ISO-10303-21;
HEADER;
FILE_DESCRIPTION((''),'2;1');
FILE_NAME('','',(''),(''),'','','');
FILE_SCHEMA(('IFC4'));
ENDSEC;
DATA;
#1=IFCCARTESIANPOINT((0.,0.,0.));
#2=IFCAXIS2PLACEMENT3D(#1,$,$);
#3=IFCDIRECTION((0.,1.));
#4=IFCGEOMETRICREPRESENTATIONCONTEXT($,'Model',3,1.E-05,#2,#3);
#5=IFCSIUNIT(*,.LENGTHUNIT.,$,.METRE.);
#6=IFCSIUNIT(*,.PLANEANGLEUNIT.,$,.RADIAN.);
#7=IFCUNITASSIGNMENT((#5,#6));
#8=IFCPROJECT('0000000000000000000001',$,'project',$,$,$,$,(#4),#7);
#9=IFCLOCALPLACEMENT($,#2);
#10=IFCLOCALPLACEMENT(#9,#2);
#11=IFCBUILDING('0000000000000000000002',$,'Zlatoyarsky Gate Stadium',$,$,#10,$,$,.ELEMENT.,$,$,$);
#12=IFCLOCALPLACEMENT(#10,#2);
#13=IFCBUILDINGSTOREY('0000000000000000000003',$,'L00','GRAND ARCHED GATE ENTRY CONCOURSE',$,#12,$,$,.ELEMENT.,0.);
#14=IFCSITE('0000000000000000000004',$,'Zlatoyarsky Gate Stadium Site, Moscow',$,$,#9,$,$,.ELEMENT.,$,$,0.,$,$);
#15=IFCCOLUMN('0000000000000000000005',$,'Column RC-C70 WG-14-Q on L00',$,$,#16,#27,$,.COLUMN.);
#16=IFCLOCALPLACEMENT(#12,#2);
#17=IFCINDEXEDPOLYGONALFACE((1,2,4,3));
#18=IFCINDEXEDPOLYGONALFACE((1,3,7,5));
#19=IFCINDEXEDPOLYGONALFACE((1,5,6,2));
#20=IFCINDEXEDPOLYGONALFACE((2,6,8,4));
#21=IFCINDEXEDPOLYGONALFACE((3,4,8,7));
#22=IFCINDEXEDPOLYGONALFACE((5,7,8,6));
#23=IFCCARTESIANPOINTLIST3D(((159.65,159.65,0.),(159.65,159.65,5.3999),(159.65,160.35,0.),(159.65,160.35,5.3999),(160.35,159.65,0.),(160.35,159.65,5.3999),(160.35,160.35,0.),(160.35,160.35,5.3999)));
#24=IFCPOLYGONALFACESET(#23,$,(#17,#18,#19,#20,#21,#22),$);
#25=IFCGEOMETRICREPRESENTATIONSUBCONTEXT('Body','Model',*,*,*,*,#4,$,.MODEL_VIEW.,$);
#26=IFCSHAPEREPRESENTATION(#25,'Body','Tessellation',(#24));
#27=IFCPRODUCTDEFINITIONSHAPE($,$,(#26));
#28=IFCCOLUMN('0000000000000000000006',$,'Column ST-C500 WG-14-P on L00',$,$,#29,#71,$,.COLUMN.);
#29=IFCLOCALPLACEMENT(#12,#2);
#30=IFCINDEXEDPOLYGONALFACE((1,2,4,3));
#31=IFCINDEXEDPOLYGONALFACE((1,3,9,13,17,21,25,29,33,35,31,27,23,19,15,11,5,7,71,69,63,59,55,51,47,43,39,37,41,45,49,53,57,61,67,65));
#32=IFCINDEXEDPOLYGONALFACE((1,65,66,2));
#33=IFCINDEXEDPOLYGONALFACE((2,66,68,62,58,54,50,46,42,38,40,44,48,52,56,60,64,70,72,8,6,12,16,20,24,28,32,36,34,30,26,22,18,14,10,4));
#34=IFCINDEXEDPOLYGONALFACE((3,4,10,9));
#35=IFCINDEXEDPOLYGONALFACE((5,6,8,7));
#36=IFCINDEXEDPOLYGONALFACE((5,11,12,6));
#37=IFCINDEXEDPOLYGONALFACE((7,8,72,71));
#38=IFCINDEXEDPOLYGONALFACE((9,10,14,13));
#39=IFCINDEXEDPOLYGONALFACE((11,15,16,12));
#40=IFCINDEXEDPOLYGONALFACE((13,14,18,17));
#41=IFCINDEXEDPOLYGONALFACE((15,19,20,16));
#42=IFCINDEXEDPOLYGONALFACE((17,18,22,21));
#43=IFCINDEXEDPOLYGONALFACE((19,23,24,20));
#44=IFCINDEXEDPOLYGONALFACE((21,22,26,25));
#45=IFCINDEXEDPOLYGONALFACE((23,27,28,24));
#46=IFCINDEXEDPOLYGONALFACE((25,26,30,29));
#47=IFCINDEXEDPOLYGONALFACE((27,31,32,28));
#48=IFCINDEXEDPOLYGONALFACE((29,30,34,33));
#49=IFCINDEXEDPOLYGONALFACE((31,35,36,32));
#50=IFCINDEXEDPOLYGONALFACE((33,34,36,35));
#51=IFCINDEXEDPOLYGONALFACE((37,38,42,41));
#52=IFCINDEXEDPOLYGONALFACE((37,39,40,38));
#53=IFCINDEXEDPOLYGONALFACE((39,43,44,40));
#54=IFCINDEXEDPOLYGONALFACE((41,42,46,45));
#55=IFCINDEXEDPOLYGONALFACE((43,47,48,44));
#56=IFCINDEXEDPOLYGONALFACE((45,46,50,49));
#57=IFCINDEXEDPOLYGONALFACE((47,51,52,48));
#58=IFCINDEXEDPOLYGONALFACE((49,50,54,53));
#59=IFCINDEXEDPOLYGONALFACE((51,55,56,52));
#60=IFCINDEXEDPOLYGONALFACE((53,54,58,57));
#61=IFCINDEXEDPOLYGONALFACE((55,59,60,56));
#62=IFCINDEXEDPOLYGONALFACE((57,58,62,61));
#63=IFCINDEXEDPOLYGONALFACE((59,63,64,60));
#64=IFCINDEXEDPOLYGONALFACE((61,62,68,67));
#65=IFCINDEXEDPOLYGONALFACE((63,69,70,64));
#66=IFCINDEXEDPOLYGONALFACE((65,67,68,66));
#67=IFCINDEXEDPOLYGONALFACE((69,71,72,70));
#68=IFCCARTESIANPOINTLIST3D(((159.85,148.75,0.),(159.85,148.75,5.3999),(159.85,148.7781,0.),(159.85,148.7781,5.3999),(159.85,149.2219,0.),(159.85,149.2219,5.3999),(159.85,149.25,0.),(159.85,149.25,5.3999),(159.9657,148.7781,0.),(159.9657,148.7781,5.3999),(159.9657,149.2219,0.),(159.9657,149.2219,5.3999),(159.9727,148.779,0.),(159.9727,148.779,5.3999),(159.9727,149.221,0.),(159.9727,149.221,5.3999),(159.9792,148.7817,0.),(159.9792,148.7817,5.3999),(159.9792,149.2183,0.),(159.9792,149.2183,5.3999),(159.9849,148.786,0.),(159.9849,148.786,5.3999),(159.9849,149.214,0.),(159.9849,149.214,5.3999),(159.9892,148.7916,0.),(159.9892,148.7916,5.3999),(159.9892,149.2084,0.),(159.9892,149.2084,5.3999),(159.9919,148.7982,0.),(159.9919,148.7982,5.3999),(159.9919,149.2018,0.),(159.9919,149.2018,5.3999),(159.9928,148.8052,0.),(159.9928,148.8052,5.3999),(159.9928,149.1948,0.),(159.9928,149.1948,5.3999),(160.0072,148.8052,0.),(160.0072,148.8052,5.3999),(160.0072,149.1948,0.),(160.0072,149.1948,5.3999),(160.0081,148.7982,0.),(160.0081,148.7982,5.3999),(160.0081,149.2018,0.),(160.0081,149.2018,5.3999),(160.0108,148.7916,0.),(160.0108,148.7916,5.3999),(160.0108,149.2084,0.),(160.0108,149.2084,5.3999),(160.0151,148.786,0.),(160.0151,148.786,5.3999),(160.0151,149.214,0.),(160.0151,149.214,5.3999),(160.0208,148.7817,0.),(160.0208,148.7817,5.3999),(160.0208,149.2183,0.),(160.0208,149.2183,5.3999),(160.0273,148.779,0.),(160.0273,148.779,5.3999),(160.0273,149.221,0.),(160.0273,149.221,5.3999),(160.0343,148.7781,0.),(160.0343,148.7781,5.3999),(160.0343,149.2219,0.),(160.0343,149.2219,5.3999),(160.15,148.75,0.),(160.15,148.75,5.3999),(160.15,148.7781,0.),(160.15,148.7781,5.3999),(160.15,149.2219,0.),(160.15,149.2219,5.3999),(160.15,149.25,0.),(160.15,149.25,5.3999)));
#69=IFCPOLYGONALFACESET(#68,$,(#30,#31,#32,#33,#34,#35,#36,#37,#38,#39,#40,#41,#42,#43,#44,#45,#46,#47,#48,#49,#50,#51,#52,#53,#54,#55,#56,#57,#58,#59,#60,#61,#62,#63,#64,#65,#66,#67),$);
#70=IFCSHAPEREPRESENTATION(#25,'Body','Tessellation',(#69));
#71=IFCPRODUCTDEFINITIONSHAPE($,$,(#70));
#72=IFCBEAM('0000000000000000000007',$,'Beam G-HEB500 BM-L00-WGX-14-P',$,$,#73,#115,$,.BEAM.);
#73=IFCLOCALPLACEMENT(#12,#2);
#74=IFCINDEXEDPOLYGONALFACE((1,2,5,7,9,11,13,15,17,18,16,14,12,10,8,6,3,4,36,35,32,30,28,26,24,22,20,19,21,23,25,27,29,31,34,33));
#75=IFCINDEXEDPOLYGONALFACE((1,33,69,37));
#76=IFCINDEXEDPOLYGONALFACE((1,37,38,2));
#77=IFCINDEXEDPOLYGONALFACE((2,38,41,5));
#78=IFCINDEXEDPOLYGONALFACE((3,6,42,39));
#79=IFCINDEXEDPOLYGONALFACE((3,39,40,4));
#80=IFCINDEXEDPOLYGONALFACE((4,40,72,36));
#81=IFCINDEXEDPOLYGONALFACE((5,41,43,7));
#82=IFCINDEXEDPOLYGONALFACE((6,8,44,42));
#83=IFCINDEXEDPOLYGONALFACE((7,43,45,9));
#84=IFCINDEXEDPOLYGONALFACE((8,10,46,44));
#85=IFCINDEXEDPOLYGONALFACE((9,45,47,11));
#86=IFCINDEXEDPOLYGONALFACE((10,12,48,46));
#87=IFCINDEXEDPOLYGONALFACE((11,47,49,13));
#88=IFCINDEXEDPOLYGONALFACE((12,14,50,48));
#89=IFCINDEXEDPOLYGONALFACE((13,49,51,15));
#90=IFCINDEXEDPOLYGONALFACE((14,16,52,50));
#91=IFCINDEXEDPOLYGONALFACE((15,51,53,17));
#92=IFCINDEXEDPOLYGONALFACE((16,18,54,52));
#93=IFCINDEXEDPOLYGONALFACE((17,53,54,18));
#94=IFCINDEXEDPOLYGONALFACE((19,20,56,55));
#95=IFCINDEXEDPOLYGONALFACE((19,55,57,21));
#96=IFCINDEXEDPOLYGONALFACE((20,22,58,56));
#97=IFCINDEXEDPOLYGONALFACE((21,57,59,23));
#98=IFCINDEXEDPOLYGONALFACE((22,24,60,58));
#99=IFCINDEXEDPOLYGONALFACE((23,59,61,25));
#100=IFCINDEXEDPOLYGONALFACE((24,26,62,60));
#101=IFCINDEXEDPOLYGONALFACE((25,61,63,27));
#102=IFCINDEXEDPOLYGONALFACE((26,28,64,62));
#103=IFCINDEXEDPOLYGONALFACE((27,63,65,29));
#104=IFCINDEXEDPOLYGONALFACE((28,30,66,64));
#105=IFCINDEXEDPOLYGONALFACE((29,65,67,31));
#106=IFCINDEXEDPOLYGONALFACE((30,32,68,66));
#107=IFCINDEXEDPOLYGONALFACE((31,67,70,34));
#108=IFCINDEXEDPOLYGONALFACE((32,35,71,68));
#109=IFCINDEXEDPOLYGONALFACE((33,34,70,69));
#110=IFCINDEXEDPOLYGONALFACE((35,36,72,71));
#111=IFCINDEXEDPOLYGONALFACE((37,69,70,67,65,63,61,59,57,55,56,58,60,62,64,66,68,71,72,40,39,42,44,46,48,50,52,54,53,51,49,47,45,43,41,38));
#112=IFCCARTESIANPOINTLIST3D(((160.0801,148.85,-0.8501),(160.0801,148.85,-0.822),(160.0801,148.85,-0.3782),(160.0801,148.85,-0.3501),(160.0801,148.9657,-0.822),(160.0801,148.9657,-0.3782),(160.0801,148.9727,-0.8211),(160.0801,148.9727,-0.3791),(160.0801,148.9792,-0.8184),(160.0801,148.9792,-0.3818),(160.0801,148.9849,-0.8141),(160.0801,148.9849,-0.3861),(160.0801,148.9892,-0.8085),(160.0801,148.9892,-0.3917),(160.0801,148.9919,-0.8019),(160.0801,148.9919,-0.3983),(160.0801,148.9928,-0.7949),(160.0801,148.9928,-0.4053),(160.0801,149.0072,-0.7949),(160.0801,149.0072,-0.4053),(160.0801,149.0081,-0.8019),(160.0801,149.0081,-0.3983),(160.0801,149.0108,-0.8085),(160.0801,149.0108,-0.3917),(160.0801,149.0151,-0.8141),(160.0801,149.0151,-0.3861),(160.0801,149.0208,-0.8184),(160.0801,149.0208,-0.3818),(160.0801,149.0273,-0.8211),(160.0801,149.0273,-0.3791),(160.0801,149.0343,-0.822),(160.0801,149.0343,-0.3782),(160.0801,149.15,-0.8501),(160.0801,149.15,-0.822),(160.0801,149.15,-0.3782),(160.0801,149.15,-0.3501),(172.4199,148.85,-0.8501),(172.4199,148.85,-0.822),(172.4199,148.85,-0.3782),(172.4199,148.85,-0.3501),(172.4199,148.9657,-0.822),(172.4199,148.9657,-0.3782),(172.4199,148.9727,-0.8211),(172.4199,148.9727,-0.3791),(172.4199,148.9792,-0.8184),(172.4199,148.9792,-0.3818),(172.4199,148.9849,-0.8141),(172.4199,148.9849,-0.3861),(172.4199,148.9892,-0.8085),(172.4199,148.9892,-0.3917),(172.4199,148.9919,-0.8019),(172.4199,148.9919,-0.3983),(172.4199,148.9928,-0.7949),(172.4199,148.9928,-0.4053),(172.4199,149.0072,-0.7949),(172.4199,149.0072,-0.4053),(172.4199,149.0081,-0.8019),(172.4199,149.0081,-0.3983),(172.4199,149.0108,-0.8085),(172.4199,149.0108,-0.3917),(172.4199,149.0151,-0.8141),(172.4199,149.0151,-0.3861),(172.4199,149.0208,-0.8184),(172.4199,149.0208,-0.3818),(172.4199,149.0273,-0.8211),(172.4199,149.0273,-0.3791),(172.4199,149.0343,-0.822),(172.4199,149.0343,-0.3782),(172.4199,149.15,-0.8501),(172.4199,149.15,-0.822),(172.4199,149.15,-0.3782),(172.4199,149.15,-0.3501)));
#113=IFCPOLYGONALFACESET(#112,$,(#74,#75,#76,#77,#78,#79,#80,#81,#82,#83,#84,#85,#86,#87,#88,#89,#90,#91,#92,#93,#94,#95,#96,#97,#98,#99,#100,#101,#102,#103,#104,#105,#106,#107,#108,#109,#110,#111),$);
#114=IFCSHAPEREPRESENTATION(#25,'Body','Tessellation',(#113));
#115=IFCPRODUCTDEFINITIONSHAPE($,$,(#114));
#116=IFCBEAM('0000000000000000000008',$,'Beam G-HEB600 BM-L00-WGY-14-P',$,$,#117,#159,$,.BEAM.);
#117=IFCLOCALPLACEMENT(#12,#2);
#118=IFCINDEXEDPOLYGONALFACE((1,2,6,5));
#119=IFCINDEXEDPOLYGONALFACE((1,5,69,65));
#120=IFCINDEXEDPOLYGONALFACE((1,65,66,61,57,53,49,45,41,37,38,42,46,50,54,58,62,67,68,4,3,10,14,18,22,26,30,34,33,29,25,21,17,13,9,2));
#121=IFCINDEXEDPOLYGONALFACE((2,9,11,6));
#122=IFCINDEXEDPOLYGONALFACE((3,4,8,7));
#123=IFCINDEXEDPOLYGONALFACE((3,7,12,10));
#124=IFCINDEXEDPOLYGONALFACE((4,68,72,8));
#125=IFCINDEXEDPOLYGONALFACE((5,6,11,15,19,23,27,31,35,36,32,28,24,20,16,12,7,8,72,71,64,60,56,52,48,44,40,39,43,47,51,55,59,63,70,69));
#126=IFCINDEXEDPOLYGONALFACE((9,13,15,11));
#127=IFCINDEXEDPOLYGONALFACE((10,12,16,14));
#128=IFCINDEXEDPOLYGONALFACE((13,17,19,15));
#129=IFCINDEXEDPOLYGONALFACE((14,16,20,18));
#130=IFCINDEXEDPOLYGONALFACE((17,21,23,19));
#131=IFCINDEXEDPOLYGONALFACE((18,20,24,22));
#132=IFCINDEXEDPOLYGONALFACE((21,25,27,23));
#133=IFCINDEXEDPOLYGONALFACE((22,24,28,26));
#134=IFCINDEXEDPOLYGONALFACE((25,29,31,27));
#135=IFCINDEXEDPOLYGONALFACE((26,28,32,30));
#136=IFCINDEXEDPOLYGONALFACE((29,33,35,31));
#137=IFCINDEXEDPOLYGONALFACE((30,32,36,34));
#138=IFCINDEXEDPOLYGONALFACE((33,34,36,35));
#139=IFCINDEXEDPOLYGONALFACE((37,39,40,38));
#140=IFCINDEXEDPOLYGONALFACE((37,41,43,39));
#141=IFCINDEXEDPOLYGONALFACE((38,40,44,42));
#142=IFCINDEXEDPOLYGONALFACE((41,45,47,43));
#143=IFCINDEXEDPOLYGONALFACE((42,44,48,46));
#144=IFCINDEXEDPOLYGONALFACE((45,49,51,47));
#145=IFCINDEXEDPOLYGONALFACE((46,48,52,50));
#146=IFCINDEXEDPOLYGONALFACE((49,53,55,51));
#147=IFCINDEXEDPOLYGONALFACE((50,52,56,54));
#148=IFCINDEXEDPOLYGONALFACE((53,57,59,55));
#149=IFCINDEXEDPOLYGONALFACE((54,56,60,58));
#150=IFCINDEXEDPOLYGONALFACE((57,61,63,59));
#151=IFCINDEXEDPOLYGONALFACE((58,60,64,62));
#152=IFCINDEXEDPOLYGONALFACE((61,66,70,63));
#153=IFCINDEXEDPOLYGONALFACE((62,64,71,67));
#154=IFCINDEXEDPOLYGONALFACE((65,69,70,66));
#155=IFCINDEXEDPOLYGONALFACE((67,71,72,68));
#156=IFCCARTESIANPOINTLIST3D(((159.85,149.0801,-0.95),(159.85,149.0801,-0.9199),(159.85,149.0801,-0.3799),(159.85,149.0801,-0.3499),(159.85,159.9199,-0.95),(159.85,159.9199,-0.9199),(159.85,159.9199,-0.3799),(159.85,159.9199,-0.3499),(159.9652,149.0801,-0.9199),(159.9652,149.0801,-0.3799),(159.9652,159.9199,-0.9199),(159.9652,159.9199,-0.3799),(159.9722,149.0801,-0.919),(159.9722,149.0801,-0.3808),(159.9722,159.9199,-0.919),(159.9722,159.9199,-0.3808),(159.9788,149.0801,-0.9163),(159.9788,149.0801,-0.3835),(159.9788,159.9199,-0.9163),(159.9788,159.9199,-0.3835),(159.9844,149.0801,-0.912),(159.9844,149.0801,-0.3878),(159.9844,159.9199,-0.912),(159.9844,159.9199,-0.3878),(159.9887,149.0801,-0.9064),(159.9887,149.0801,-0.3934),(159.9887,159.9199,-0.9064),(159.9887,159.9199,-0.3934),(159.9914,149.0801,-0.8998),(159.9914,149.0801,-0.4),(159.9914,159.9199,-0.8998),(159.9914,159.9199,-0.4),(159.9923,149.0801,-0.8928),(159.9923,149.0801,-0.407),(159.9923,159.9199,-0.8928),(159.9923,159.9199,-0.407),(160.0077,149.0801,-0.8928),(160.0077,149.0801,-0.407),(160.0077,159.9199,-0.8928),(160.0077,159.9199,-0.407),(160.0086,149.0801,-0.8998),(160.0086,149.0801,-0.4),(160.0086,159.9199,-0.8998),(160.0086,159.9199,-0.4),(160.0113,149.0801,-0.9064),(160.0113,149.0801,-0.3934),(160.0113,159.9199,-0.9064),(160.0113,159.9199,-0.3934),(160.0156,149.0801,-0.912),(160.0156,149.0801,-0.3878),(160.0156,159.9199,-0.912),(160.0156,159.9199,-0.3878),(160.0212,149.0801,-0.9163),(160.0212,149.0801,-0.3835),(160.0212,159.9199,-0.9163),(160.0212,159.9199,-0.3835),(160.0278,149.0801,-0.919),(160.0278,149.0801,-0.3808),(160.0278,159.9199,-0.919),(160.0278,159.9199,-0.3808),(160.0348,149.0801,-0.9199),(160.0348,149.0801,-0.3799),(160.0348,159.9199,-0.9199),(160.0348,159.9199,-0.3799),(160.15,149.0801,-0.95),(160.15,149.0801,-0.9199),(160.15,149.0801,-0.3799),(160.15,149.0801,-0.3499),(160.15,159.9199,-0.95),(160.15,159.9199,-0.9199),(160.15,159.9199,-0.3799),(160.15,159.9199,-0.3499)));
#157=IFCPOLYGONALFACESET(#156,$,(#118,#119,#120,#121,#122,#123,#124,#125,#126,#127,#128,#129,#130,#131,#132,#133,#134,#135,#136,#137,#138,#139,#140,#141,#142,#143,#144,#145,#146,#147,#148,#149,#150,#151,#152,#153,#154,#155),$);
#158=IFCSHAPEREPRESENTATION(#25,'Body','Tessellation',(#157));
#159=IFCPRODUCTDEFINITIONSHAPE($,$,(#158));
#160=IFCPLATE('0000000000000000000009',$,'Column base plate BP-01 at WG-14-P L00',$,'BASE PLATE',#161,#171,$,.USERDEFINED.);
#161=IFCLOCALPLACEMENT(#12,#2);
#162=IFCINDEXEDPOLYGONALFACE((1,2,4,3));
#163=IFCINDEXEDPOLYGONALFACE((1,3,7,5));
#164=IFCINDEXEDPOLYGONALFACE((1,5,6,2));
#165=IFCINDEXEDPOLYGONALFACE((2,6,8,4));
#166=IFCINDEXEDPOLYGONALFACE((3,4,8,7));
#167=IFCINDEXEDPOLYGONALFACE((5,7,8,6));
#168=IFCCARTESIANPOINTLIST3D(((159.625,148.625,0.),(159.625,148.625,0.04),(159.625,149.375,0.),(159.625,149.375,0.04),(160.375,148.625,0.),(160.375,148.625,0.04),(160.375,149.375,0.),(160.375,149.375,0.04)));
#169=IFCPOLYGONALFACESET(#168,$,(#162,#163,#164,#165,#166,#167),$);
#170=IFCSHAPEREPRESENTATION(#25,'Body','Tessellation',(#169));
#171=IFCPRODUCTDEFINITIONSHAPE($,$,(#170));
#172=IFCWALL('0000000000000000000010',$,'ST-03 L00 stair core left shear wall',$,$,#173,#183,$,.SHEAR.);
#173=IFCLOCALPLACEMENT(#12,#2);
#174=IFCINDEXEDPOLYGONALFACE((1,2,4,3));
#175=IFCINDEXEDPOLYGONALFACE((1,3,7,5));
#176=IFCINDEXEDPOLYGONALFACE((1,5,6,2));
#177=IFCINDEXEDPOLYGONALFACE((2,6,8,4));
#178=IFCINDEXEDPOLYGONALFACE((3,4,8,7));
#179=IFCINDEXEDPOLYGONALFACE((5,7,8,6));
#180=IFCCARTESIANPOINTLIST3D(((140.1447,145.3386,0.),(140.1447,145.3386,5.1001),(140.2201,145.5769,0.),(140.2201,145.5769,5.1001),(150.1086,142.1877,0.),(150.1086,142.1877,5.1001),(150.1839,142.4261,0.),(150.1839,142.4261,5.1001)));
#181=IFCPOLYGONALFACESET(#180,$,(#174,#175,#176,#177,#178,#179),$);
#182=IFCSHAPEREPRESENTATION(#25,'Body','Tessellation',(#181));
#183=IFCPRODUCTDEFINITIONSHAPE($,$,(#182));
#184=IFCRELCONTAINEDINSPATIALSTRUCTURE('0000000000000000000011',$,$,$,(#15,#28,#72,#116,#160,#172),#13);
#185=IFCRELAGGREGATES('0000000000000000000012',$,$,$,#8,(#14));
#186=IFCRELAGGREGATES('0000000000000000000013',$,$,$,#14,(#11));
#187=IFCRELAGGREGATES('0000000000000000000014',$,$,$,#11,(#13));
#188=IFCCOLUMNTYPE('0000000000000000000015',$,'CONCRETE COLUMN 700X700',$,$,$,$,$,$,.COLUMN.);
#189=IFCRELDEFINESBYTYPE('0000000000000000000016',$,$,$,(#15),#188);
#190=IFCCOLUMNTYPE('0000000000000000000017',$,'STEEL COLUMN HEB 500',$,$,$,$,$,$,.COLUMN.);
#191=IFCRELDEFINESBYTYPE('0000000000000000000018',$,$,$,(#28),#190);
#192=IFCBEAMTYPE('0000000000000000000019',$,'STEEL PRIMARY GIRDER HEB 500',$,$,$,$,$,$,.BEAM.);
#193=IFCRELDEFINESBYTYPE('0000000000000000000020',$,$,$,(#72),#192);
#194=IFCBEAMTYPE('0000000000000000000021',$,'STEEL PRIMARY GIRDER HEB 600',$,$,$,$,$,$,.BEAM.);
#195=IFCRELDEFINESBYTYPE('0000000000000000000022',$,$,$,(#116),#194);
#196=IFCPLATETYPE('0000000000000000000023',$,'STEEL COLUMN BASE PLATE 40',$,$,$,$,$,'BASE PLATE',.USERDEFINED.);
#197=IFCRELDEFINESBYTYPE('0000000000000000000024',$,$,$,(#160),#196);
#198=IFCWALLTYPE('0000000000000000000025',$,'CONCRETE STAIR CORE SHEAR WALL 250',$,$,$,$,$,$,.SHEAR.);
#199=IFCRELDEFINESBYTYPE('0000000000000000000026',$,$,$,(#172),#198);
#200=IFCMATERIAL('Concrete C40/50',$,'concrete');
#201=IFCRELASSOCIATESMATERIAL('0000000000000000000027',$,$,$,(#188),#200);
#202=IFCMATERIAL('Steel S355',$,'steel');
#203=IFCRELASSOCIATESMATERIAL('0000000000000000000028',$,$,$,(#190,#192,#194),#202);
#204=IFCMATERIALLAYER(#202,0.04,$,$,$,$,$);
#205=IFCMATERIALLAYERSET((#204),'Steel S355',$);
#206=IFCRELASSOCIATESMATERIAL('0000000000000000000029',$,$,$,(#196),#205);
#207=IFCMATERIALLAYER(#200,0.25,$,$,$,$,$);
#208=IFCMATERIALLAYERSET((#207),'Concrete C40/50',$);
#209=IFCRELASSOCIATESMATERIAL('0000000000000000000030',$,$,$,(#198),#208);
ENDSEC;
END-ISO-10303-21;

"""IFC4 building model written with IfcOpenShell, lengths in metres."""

from ifc_helpers import new_model, si_unit, direction, frame, frame_2d, origin, origin_2d, place, context, subcontext, project, spatial, rectangle, i_section, extrude, material, layer, layer_set, material_profile, profile_set, type_object, element, save


model = new_model("IFC4")

# Units and contexts
model_context = context("Model", 3, precision=1e-05, world=origin(), true_north=direction((0.0, 1.0)))
body_context = subcontext(model_context, "Body", "Model", "MODEL_VIEW")
ifc_project = project(units=[si_unit("LENGTHUNIT", "METRE"), si_unit("PLANEANGLEUNIT", "RADIAN")], contexts=[model_context])

# Site, building, storey
site_placement = place(None, origin())
site = spatial("IfcSite", under=ifc_project, at=site_placement, Name="Zlatoyarsky Gate Stadium Site, Moscow", CompositionType="ELEMENT", RefElevation=0.0)
building_placement = place(site_placement, origin())
building = spatial("IfcBuilding", under=site, at=building_placement, Name="Zlatoyarsky Gate Stadium", CompositionType="ELEMENT")
storey_placement = place(building_placement, origin())
storey = spatial("IfcBuildingStorey", under=building, at=storey_placement, Name="L00", Description="GRAND ARCHED GATE ENTRY CONCOURSE", CompositionType="ELEMENT", Elevation=0.0)

# Columns
ifc_material_1 = material(Name="Concrete C40/50", Category="concrete")
ifc_material_profile_1 = material_profile(ifc_material_1, rectangle(XDim=0.7, YDim=0.7, at=origin_2d()), Name="RC COL 700X700")
ifc_profile_set_1 = profile_set([ifc_material_profile_1], Name="Concrete C40/50")
column_type_1 = type_object("IfcColumnType", Name="CONCRETE COLUMN 700X700", PredefinedType="COLUMN", material=ifc_profile_set_1)
column_1_placement = place(storey_placement, frame((160.0, 160.0, 0.0), z_axis=(0.0, 0.0, 1.0), x_axis=(1.0, 0.0, 0.0)))
element("IfcColumn", 1, at=column_1_placement, inside=storey, type_object=column_type_1, Name="Column RC-C70 WG-14-Q on L00", PredefinedType="COLUMN", context=body_context, shape_type="SweptSolid", body=[
    extrude(rectangle(XDim=0.7, YDim=0.7, at=origin_2d()), origin(), (0.0, 0.0, 1.0), 5.3999),
])
ifc_material_2 = material(Name="Steel S355", Category="steel")
ifc_material_profile_2 = material_profile(ifc_material_2, i_section(OverallWidth=0.3, OverallDepth=0.5, WebThickness=0.0144, FlangeThickness=0.0281, FilletRadius=0.0271, at=origin_2d()), Name="HEB 500")
ifc_profile_set_2 = profile_set([ifc_material_profile_2], Name="Steel S355")
column_type_2 = type_object("IfcColumnType", Name="STEEL COLUMN HEB 500", PredefinedType="COLUMN", material=ifc_profile_set_2)
column_2_placement = place(storey_placement, frame((160.0, 149.0, 0.0), z_axis=(0.0, 0.0, 1.0), x_axis=(1.0, 0.0, 0.0)))
element("IfcColumn", 2, at=column_2_placement, inside=storey, type_object=column_type_2, Name="Column ST-C500 WG-14-P on L00", PredefinedType="COLUMN", context=body_context, shape_type="SweptSolid", body=[
    extrude(i_section(OverallWidth=0.3, OverallDepth=0.5, WebThickness=0.0144, FlangeThickness=0.0281, FilletRadius=0.0271, at=origin_2d()), origin(), (0.0, 0.0, 1.0), 5.3999),
])

# Beams
ifc_material_profile_3 = material_profile(ifc_material_2, i_section(OverallWidth=0.3, OverallDepth=0.5, WebThickness=0.0144, FlangeThickness=0.0281, FilletRadius=0.0271, at=origin_2d()), Name="HEB 500")
ifc_profile_set_3 = profile_set([ifc_material_profile_3], Name="Steel S355")
beam_type_1 = type_object("IfcBeamType", Name="STEEL PRIMARY GIRDER HEB 500", PredefinedType="BEAM", material=ifc_profile_set_3)
beam_1_placement = place(storey_placement, frame((160.0801, 149.0, -0.6001), z_axis=(1.0, 0.0, 0.0), x_axis=(0.0, 1.0, 0.0)))
element("IfcBeam", 3, at=beam_1_placement, inside=storey, type_object=beam_type_1, Name="Beam G-HEB500 BM-L00-WGX-14-P", PredefinedType="BEAM", context=body_context, shape_type="SweptSolid", body=[
    extrude(i_section(OverallWidth=0.3, OverallDepth=0.5, WebThickness=0.0144, FlangeThickness=0.0281, FilletRadius=0.0271, at=origin_2d()), origin(), (0.0, 0.0, 1.0), 12.3398),
])
ifc_material_profile_4 = material_profile(ifc_material_2, i_section(OverallWidth=0.3, OverallDepth=0.6001, WebThickness=0.0154, FlangeThickness=0.03, FilletRadius=0.0271, at=origin_2d()), Name="HEB 600")
ifc_profile_set_4 = profile_set([ifc_material_profile_4], Name="Steel S355")
beam_type_2 = type_object("IfcBeamType", Name="STEEL PRIMARY GIRDER HEB 600", PredefinedType="BEAM", material=ifc_profile_set_4)
beam_2_placement = place(storey_placement, frame((160.0, 149.0801, -0.6499), z_axis=(0.0, 1.0, 0.0), x_axis=(-1.0, 0.0, 0.0)))
element("IfcBeam", 4, at=beam_2_placement, inside=storey, type_object=beam_type_2, Name="Beam G-HEB600 BM-L00-WGY-14-P", PredefinedType="BEAM", context=body_context, shape_type="SweptSolid", body=[
    extrude(i_section(OverallWidth=0.3, OverallDepth=0.6001, WebThickness=0.0154, FlangeThickness=0.03, FilletRadius=0.0271, at=origin_2d()), origin(), (0.0, 0.0, 1.0), 10.8398),
])

# Plate
ifc_layer_1 = layer(ifc_material_2, 0.04)
ifc_layer_set_1 = layer_set([ifc_layer_1], Name="Steel S355")
plate_type = type_object("IfcPlateType", Name="STEEL COLUMN BASE PLATE 40", ElementType="BASE PLATE", PredefinedType="USERDEFINED", material=ifc_layer_set_1)
plate_placement = place(storey_placement, frame((160.0, 149.0, 0.0), z_axis=(0.0, 0.0, 1.0), x_axis=(1.0, 0.0, 0.0)))
element("IfcPlate", 5, at=plate_placement, inside=storey, type_object=plate_type, Name="Column base plate BP-01 at WG-14-P L00", ObjectType="BASE PLATE", PredefinedType="USERDEFINED", context=body_context, shape_type="SweptSolid", body=[
    extrude(rectangle(XDim=0.75, YDim=0.75, at=origin_2d()), origin(), (0.0, 0.0, 1.0), 0.04),
])

# Wall
ifc_layer_2 = layer(ifc_material_1, 0.25)
ifc_layer_set_2 = layer_set([ifc_layer_2], Name="Concrete C40/50")
wall_type_1 = type_object("IfcWallType", Name="CONCRETE STAIR CORE SHEAR WALL 250", PredefinedType="SHEAR", material=ifc_layer_set_2)
wall_1_placement = place(storey_placement, frame((150.1462, 142.3069, 0.0), z_axis=(0.0, 0.0, 1.0), x_axis=(-0.953462, 0.301514, 0.0)))
element("IfcWall", 6, at=wall_1_placement, inside=storey, type_object=wall_type_1, Name="ST-03 L00 stair core left shear wall", PredefinedType="SHEAR", context=body_context, shape_type="SweptSolid", body=[
    extrude(rectangle(XDim=10.4502, YDim=0.25, at=frame_2d((5.2251, 0.0))), origin(), (0.0, 0.0, 1.0), 5.1001),
])

save(model, "model.ifc")
